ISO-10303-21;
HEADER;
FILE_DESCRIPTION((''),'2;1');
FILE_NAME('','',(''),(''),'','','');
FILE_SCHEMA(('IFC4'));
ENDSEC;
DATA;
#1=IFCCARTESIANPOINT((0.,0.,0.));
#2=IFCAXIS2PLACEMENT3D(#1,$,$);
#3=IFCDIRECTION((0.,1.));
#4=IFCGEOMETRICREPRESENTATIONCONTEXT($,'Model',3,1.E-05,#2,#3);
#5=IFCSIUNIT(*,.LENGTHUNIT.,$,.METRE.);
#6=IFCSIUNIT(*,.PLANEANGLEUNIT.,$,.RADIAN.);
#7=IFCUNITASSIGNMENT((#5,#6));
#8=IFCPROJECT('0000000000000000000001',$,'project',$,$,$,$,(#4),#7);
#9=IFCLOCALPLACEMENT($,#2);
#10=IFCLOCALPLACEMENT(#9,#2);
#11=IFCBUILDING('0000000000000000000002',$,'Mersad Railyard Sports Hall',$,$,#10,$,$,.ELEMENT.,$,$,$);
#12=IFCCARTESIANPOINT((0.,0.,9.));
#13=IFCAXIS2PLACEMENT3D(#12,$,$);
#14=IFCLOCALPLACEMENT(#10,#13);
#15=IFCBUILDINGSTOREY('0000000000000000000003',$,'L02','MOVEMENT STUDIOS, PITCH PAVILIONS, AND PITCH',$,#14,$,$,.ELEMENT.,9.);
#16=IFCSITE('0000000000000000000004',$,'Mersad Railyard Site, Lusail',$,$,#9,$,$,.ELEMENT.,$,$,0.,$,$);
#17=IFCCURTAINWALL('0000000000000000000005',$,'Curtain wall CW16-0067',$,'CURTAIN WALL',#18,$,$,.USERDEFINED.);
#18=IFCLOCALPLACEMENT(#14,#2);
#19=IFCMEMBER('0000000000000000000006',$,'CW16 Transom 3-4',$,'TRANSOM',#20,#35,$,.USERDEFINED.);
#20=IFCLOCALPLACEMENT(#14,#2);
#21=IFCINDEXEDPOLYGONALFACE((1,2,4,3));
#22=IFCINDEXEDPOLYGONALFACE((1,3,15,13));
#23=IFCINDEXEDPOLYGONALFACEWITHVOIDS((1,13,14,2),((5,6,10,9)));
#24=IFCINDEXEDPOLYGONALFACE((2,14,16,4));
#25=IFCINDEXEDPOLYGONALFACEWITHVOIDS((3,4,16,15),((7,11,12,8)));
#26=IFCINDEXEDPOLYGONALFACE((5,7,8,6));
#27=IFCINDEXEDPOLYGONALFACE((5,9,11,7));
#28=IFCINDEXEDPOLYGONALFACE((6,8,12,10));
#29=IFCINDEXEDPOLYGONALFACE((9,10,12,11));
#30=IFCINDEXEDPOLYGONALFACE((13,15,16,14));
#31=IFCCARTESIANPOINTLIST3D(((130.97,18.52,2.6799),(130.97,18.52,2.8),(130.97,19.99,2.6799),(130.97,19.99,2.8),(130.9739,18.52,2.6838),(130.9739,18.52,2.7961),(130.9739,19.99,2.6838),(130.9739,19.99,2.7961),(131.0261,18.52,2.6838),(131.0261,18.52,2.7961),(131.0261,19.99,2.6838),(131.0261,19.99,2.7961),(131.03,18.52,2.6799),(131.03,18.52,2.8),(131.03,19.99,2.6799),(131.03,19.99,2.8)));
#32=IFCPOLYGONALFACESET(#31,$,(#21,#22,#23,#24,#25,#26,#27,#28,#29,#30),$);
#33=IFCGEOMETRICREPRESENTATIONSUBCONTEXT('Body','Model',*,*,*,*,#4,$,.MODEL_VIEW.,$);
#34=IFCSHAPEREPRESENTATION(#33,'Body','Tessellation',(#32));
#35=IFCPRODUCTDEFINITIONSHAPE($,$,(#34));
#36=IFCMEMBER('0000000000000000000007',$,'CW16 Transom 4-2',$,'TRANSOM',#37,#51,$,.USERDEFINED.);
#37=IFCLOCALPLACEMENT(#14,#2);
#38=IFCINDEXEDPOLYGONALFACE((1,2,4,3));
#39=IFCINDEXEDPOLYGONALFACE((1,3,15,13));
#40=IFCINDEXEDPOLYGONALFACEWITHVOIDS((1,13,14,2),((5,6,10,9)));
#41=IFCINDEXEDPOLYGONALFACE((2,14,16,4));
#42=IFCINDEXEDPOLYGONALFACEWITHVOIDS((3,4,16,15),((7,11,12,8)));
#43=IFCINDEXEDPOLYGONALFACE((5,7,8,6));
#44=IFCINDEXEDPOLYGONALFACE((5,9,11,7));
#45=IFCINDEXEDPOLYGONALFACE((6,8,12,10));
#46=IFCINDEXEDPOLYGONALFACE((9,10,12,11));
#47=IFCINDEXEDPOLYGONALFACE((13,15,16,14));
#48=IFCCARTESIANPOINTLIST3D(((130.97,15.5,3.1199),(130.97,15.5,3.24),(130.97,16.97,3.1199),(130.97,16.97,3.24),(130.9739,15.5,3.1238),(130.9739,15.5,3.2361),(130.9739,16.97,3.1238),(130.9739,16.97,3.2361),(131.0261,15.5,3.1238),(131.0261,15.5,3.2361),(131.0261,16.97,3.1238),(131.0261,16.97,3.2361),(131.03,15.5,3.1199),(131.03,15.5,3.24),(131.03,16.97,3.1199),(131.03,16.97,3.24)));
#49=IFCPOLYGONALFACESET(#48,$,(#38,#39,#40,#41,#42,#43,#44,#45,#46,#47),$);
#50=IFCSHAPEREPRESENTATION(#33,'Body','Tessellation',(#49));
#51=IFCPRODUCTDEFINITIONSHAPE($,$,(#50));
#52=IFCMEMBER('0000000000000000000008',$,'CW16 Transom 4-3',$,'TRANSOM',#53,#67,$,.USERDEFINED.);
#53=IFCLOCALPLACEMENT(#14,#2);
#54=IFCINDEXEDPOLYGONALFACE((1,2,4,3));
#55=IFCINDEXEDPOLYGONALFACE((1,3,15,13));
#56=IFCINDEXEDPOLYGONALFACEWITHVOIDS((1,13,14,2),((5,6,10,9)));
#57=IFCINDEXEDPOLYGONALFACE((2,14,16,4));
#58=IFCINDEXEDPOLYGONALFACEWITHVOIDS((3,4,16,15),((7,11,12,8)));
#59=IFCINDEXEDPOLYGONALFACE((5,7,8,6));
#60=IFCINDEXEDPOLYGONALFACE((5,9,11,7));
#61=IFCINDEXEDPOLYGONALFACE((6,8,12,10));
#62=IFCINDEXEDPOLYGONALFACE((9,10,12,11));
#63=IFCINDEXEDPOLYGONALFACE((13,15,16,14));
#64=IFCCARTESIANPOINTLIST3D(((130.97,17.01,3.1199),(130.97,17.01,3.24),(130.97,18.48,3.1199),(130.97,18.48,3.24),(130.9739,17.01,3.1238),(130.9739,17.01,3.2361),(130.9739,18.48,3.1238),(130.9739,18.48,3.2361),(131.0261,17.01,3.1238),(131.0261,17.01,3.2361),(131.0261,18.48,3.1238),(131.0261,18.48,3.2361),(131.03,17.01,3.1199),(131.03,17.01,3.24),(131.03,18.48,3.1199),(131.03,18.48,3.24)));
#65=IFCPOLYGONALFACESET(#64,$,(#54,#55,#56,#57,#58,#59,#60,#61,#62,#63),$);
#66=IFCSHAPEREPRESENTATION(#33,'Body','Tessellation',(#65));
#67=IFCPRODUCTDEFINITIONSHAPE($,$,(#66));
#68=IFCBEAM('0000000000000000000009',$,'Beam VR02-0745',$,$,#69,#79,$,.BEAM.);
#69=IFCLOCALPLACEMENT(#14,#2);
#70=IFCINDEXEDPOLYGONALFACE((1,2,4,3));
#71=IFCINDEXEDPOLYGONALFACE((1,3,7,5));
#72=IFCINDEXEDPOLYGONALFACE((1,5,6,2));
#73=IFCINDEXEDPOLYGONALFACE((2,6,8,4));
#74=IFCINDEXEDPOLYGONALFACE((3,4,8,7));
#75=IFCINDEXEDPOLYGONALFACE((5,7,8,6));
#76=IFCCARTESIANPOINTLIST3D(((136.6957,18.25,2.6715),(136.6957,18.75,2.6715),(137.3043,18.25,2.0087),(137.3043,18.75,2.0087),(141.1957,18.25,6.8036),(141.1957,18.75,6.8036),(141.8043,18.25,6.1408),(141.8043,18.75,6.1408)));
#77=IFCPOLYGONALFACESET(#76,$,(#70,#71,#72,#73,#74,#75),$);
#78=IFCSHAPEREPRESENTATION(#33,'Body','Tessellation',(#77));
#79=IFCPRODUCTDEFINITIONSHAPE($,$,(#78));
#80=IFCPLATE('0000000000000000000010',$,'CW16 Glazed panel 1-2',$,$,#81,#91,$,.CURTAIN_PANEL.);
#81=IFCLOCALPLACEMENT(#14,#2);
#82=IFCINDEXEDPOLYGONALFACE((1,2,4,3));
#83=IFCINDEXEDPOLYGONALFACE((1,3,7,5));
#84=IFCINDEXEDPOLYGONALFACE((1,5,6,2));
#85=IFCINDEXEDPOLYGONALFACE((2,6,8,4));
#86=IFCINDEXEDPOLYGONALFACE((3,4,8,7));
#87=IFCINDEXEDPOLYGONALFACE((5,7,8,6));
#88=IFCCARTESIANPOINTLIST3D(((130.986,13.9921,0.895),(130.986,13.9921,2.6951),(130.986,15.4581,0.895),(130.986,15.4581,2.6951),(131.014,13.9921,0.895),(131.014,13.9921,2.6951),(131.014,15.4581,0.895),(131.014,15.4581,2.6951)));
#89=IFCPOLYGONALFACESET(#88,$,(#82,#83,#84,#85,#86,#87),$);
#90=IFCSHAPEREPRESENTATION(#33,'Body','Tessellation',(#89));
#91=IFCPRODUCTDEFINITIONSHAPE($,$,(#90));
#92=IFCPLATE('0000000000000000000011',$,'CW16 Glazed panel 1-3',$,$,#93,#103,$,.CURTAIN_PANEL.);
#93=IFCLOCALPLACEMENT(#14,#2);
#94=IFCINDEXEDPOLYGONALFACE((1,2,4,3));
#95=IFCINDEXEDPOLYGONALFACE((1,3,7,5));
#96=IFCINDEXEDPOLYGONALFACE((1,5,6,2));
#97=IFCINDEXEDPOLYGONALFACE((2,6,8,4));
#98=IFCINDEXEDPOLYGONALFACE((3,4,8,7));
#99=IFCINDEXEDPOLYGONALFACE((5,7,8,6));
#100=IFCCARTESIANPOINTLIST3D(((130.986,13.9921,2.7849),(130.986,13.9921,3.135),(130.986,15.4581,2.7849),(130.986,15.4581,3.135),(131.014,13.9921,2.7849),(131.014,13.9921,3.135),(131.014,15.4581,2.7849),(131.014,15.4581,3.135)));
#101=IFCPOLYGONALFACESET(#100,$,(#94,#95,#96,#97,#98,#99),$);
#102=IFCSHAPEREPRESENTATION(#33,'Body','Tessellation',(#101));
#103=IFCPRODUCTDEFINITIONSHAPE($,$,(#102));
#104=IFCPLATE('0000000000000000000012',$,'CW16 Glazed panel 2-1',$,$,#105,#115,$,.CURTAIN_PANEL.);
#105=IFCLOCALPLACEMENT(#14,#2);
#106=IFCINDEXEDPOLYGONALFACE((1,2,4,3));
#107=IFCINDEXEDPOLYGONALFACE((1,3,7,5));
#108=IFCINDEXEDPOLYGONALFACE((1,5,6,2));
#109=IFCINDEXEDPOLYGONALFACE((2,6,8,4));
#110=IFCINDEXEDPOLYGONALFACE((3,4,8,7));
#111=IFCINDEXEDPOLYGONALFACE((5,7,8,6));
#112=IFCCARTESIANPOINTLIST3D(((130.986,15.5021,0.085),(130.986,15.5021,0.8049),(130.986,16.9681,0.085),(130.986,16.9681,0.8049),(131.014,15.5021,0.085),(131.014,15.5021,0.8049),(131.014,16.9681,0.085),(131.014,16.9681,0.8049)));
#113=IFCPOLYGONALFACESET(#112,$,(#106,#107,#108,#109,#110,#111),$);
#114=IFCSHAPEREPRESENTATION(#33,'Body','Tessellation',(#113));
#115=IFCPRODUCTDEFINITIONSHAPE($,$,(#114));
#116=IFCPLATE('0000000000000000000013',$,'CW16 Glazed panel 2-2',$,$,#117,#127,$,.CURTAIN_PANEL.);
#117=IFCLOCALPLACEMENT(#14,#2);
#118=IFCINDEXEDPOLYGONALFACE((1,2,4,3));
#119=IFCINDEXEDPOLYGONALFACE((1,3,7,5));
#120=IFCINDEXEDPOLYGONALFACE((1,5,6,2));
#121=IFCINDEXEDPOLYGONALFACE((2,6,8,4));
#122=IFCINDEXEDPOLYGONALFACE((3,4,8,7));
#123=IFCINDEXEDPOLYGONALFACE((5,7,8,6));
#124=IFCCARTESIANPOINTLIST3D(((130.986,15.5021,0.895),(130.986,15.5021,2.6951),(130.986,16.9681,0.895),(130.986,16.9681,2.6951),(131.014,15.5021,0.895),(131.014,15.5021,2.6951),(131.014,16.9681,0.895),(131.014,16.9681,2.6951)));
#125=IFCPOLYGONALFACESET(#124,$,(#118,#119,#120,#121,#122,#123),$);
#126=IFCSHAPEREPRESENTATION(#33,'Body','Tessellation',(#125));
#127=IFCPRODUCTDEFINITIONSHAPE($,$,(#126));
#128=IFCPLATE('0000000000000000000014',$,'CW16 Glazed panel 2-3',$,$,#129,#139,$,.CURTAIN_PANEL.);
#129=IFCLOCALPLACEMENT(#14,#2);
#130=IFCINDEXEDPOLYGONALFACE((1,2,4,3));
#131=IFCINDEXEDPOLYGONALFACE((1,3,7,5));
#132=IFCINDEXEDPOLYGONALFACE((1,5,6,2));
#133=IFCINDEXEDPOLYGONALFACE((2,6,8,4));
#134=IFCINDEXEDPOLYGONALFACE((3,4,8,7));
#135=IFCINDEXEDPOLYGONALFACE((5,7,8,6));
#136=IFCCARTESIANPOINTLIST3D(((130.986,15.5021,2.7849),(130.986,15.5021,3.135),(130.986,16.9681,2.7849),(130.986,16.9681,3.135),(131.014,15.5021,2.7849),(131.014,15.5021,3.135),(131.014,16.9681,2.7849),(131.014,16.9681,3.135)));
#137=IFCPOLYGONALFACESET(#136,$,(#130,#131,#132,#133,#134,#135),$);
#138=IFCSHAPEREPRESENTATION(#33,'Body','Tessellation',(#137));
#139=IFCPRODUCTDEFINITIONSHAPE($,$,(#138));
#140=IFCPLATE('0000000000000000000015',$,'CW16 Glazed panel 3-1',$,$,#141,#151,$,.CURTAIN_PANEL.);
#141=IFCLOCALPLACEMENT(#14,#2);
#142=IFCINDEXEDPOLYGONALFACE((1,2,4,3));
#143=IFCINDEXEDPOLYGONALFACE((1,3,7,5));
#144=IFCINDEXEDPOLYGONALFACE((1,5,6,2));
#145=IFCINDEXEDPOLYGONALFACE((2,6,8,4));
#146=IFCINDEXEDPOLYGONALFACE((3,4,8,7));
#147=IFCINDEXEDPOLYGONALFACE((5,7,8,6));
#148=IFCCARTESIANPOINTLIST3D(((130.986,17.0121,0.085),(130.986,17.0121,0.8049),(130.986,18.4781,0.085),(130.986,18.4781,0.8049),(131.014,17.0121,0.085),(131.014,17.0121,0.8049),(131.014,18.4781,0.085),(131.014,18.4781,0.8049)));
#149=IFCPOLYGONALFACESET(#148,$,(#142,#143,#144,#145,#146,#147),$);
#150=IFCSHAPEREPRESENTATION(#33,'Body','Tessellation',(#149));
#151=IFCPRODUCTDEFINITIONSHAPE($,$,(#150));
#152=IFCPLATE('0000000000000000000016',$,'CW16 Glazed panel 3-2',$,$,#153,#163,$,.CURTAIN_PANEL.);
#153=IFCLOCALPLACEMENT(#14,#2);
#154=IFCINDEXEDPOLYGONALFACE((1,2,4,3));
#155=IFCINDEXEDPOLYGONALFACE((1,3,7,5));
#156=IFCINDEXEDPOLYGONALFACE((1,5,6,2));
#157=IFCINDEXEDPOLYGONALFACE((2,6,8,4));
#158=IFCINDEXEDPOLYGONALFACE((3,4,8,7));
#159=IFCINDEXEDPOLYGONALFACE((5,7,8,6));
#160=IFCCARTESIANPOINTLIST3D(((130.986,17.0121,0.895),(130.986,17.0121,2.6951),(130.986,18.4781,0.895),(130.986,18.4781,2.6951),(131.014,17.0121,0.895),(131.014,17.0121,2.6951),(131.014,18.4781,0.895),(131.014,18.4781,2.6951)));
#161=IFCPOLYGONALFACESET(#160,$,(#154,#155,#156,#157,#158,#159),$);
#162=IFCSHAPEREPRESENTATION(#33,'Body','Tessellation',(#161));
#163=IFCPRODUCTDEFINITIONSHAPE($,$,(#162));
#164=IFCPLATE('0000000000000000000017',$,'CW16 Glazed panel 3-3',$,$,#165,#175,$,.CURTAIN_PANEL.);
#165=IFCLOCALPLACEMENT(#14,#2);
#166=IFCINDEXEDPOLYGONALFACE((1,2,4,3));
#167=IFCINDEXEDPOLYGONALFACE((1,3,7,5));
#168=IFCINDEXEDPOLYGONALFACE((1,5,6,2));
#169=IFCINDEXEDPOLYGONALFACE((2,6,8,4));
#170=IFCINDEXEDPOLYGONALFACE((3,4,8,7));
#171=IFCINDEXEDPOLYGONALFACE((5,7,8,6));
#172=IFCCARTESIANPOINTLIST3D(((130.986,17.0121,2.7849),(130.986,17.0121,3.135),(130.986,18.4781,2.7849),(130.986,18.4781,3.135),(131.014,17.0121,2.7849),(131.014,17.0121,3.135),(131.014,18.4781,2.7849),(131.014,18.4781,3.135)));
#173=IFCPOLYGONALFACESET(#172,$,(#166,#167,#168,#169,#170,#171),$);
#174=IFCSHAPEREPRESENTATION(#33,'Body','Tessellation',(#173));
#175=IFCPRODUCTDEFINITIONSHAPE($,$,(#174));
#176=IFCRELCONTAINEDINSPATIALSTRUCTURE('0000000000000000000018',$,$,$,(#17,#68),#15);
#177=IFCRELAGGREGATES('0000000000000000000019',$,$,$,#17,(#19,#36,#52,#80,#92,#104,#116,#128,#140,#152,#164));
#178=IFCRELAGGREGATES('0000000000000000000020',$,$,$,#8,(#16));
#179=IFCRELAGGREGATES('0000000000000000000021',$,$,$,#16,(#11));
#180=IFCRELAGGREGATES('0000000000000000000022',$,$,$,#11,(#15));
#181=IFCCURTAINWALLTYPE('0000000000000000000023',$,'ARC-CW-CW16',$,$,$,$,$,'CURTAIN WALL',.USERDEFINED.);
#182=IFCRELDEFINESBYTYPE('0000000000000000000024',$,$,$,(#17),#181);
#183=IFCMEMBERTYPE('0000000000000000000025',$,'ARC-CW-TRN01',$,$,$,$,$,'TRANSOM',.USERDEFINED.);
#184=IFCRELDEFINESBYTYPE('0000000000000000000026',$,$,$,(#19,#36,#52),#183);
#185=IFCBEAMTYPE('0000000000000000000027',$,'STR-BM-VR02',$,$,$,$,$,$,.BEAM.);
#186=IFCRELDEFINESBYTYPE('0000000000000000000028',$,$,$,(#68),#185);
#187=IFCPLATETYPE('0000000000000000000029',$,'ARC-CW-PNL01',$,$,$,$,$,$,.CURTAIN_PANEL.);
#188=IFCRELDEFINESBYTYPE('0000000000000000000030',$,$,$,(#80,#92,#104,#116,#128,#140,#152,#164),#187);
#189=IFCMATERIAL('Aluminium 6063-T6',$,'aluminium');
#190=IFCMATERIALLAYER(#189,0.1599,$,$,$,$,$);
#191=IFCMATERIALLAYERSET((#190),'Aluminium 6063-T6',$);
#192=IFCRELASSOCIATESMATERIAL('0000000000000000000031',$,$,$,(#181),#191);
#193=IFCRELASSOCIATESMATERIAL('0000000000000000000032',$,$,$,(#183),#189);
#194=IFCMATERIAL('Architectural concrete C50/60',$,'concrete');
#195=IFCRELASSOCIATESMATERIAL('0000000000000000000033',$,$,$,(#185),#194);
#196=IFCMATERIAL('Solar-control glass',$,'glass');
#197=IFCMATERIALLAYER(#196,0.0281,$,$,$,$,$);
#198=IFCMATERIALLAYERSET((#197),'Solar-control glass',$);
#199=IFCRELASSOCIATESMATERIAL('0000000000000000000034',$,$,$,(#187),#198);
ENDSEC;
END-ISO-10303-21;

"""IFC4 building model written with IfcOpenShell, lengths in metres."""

from ifc_helpers import new_model, si_unit, direction, frame, origin, origin_2d, place, context, subcontext, project, spatial, rectangle, hollow_rectangle, extrude, material, layer, layer_set, material_profile, profile_set, type_object, element, aggregate, save


model = new_model("IFC4")

# Units and contexts
model_context = context("Model", 3, precision=1e-05, world=origin(), true_north=direction((0.0, 1.0)))
body_context = subcontext(model_context, "Body", "Model", "MODEL_VIEW")
ifc_project = project(units=[si_unit("LENGTHUNIT", "METRE"), si_unit("PLANEANGLEUNIT", "RADIAN")], contexts=[model_context])

# Site, building, storey
site_placement = place(None, origin())
site = spatial("IfcSite", under=ifc_project, at=site_placement, Name="Mersad Railyard Site, Lusail", CompositionType="ELEMENT", RefElevation=0.0)
building_placement = place(site_placement, origin())
building = spatial("IfcBuilding", under=site, at=building_placement, Name="Mersad Railyard Sports Hall", CompositionType="ELEMENT")
storey_placement = place(building_placement, frame((0.0, 0.0, 9.0)))
storey = spatial("IfcBuildingStorey", under=building, at=storey_placement, Name="L02", Description="MOVEMENT STUDIOS, PITCH PAVILIONS, AND PITCH", CompositionType="ELEMENT", Elevation=9.0)

# Curtain wall, members
ifc_material_1 = material(Name="Aluminium 6063-T6", Category="aluminium")
ifc_layer_1 = layer(ifc_material_1, 0.1599)
ifc_layer_set_1 = layer_set([ifc_layer_1], Name="Aluminium 6063-T6")
curtain_wall_type = type_object("IfcCurtainWallType", Name="ARC-CW-CW16", ElementType="CURTAIN WALL", PredefinedType="USERDEFINED", material=ifc_layer_set_1)
curtain_wall_placement = place(storey_placement, origin())
curtain_wall = element("IfcCurtainWall", 1, at=curtain_wall_placement, inside=storey, type_object=curtain_wall_type, Name="Curtain wall CW16-0067", ObjectType="CURTAIN WALL", PredefinedType="USERDEFINED")
ifc_material_profile_1 = material_profile(ifc_material_1, hollow_rectangle(XDim=0.0601, YDim=0.1201, WallThickness=0.0039, at=origin_2d()), Name="AL TRANSOM 60x120x4")
ifc_profile_set_1 = profile_set([ifc_material_profile_1], Name="Aluminium 6063-T6")
member_type_1 = type_object("IfcMemberType", Name="ARC-CW-TRN01", ElementType="TRANSOM", PredefinedType="USERDEFINED", material=ifc_profile_set_1)
member_1_placement = place(storey_placement, frame((131.0, 18.52, 2.74), z_axis=(0.0, 1.0, 0.0), x_axis=(-1.0, 0.0, 0.0)))
member_1 = element("IfcMember", 2, at=member_1_placement, type_object=member_type_1, Name="CW16 Transom 3-4", ObjectType="TRANSOM", PredefinedType="USERDEFINED", context=body_context, shape_type="SweptSolid", body=[
    extrude(hollow_rectangle(XDim=0.0601, YDim=0.1201, WallThickness=0.0039, at=origin_2d()), origin(), (0.0, 0.0, 1.0), 1.47),
])
member_2_placement = place(storey_placement, frame((131.0, 15.5, 3.1799), z_axis=(0.0, 1.0, 0.0), x_axis=(-1.0, 0.0, 0.0)))
member_2 = element("IfcMember", 3, at=member_2_placement, type_object=member_type_1, Name="CW16 Transom 4-2", ObjectType="TRANSOM", PredefinedType="USERDEFINED", context=body_context, shape_type="SweptSolid", body=[
    extrude(hollow_rectangle(XDim=0.0601, YDim=0.1201, WallThickness=0.0039, at=origin_2d()), origin(), (0.0, 0.0, 1.0), 1.47),
])
member_3_placement = place(storey_placement, frame((131.0, 17.01, 3.1799), z_axis=(0.0, 1.0, 0.0), x_axis=(-1.0, 0.0, 0.0)))
member_3 = element("IfcMember", 4, at=member_3_placement, type_object=member_type_1, Name="CW16 Transom 4-3", ObjectType="TRANSOM", PredefinedType="USERDEFINED", context=body_context, shape_type="SweptSolid", body=[
    extrude(hollow_rectangle(XDim=0.0601, YDim=0.1201, WallThickness=0.0039, at=origin_2d()), origin(), (0.0, 0.0, 1.0), 1.47),
])

# Beam
ifc_material_2 = material(Name="Architectural concrete C50/60", Category="concrete")
ifc_material_profile_2 = material_profile(ifc_material_2, rectangle(XDim=0.5, YDim=0.8999, at=origin_2d()), Name="VR 500x900")
ifc_profile_set_2 = profile_set([ifc_material_profile_2], Name="Architectural concrete C50/60")
beam_type = type_object("IfcBeamType", Name="STR-BM-VR02", PredefinedType="BEAM", material=ifc_profile_set_2)
beam_placement = place(storey_placement, frame((137.0, 18.5, 2.3401), z_axis=(0.736577, 0.0, 0.676354), x_axis=(0.0, 1.0, 0.0)))
element("IfcBeam", 5, at=beam_placement, inside=storey, type_object=beam_type, Name="Beam VR02-0745", PredefinedType="BEAM", context=body_context, shape_type="SweptSolid", body=[
    extrude(rectangle(XDim=0.5, YDim=0.8999, at=origin_2d()), origin(), (0.0, 0.0, 1.0), 6.1094),
])

# Plates
ifc_material_3 = material(Name="Solar-control glass", Category="glass")
ifc_layer_2 = layer(ifc_material_3, 0.0281)
ifc_layer_set_2 = layer_set([ifc_layer_2], Name="Solar-control glass")
plate_type = type_object("IfcPlateType", Name="ARC-CW-PNL01", PredefinedType="CURTAIN_PANEL", material=ifc_layer_set_2)
plate_1_placement = place(storey_placement, frame((131.0, 14.7251, 0.895), z_axis=(0.0, 0.0, 1.0), x_axis=(0.0, 1.0, 0.0)))
plate_1 = element("IfcPlate", 6, at=plate_1_placement, type_object=plate_type, Name="CW16 Glazed panel 1-2", PredefinedType="CURTAIN_PANEL", context=body_context, shape_type="SweptSolid", body=[
    extrude(rectangle(XDim=1.4661, YDim=0.0281, at=origin_2d()), origin(), (0.0, 0.0, 1.0), 1.8),
])
plate_2_placement = place(storey_placement, frame((131.0, 14.7251, 2.7849), z_axis=(0.0, 0.0, 1.0), x_axis=(0.0, 1.0, 0.0)))
plate_2 = element("IfcPlate", 7, at=plate_2_placement, type_object=plate_type, Name="CW16 Glazed panel 1-3", PredefinedType="CURTAIN_PANEL", context=body_context, shape_type="SweptSolid", body=[
    extrude(rectangle(XDim=1.4661, YDim=0.0281, at=origin_2d()), origin(), (0.0, 0.0, 1.0), 0.3501),
])
plate_3_placement = place(storey_placement, frame((131.0, 16.2351, 0.085), z_axis=(0.0, 0.0, 1.0), x_axis=(0.0, 1.0, 0.0)))
plate_3 = element("IfcPlate", 8, at=plate_3_placement, type_object=plate_type, Name="CW16 Glazed panel 2-1", PredefinedType="CURTAIN_PANEL", context=body_context, shape_type="SweptSolid", body=[
    extrude(rectangle(XDim=1.4661, YDim=0.0281, at=origin_2d()), origin(), (0.0, 0.0, 1.0), 0.72),
])
plate_4_placement = place(storey_placement, frame((131.0, 16.2351, 0.895), z_axis=(0.0, 0.0, 1.0), x_axis=(0.0, 1.0, 0.0)))
plate_4 = element("IfcPlate", 9, at=plate_4_placement, type_object=plate_type, Name="CW16 Glazed panel 2-2", PredefinedType="CURTAIN_PANEL", context=body_context, shape_type="SweptSolid", body=[
    extrude(rectangle(XDim=1.4661, YDim=0.0281, at=origin_2d()), origin(), (0.0, 0.0, 1.0), 1.8),
])
plate_5_placement = place(storey_placement, frame((131.0, 16.2351, 2.7849), z_axis=(0.0, 0.0, 1.0), x_axis=(0.0, 1.0, 0.0)))
plate_5 = element("IfcPlate", 10, at=plate_5_placement, type_object=plate_type, Name="CW16 Glazed panel 2-3", PredefinedType="CURTAIN_PANEL", context=body_context, shape_type="SweptSolid", body=[
    extrude(rectangle(XDim=1.4661, YDim=0.0281, at=origin_2d()), origin(), (0.0, 0.0, 1.0), 0.3501),
])
plate_6_placement = place(storey_placement, frame((131.0, 17.7451, 0.085), z_axis=(0.0, 0.0, 1.0), x_axis=(0.0, 1.0, 0.0)))
plate_6 = element("IfcPlate", 11, at=plate_6_placement, type_object=plate_type, Name="CW16 Glazed panel 3-1", PredefinedType="CURTAIN_PANEL", context=body_context, shape_type="SweptSolid", body=[
    extrude(rectangle(XDim=1.4661, YDim=0.0281, at=origin_2d()), origin(), (0.0, 0.0, 1.0), 0.72),
])
plate_7_placement = place(storey_placement, frame((131.0, 17.7451, 0.895), z_axis=(0.0, 0.0, 1.0), x_axis=(0.0, 1.0, 0.0)))
plate_7 = element("IfcPlate", 12, at=plate_7_placement, type_object=plate_type, Name="CW16 Glazed panel 3-2", PredefinedType="CURTAIN_PANEL", context=body_context, shape_type="SweptSolid", body=[
    extrude(rectangle(XDim=1.4661, YDim=0.0281, at=origin_2d()), origin(), (0.0, 0.0, 1.0), 1.8),
])
plate_8_placement = place(storey_placement, frame((131.0, 17.7451, 2.7849), z_axis=(0.0, 0.0, 1.0), x_axis=(0.0, 1.0, 0.0)))
plate_8 = element("IfcPlate", 13, at=plate_8_placement, type_object=plate_type, Name="CW16 Glazed panel 3-3", PredefinedType="CURTAIN_PANEL", context=body_context, shape_type="SweptSolid", body=[
    extrude(rectangle(XDim=1.4661, YDim=0.0281, at=origin_2d()), origin(), (0.0, 0.0, 1.0), 0.3501),
])
aggregate(curtain_wall, [member_1, member_2, member_3, plate_1, plate_2, plate_3, plate_4, plate_5, plate_6, plate_7, plate_8])

save(model, "model.ifc")
